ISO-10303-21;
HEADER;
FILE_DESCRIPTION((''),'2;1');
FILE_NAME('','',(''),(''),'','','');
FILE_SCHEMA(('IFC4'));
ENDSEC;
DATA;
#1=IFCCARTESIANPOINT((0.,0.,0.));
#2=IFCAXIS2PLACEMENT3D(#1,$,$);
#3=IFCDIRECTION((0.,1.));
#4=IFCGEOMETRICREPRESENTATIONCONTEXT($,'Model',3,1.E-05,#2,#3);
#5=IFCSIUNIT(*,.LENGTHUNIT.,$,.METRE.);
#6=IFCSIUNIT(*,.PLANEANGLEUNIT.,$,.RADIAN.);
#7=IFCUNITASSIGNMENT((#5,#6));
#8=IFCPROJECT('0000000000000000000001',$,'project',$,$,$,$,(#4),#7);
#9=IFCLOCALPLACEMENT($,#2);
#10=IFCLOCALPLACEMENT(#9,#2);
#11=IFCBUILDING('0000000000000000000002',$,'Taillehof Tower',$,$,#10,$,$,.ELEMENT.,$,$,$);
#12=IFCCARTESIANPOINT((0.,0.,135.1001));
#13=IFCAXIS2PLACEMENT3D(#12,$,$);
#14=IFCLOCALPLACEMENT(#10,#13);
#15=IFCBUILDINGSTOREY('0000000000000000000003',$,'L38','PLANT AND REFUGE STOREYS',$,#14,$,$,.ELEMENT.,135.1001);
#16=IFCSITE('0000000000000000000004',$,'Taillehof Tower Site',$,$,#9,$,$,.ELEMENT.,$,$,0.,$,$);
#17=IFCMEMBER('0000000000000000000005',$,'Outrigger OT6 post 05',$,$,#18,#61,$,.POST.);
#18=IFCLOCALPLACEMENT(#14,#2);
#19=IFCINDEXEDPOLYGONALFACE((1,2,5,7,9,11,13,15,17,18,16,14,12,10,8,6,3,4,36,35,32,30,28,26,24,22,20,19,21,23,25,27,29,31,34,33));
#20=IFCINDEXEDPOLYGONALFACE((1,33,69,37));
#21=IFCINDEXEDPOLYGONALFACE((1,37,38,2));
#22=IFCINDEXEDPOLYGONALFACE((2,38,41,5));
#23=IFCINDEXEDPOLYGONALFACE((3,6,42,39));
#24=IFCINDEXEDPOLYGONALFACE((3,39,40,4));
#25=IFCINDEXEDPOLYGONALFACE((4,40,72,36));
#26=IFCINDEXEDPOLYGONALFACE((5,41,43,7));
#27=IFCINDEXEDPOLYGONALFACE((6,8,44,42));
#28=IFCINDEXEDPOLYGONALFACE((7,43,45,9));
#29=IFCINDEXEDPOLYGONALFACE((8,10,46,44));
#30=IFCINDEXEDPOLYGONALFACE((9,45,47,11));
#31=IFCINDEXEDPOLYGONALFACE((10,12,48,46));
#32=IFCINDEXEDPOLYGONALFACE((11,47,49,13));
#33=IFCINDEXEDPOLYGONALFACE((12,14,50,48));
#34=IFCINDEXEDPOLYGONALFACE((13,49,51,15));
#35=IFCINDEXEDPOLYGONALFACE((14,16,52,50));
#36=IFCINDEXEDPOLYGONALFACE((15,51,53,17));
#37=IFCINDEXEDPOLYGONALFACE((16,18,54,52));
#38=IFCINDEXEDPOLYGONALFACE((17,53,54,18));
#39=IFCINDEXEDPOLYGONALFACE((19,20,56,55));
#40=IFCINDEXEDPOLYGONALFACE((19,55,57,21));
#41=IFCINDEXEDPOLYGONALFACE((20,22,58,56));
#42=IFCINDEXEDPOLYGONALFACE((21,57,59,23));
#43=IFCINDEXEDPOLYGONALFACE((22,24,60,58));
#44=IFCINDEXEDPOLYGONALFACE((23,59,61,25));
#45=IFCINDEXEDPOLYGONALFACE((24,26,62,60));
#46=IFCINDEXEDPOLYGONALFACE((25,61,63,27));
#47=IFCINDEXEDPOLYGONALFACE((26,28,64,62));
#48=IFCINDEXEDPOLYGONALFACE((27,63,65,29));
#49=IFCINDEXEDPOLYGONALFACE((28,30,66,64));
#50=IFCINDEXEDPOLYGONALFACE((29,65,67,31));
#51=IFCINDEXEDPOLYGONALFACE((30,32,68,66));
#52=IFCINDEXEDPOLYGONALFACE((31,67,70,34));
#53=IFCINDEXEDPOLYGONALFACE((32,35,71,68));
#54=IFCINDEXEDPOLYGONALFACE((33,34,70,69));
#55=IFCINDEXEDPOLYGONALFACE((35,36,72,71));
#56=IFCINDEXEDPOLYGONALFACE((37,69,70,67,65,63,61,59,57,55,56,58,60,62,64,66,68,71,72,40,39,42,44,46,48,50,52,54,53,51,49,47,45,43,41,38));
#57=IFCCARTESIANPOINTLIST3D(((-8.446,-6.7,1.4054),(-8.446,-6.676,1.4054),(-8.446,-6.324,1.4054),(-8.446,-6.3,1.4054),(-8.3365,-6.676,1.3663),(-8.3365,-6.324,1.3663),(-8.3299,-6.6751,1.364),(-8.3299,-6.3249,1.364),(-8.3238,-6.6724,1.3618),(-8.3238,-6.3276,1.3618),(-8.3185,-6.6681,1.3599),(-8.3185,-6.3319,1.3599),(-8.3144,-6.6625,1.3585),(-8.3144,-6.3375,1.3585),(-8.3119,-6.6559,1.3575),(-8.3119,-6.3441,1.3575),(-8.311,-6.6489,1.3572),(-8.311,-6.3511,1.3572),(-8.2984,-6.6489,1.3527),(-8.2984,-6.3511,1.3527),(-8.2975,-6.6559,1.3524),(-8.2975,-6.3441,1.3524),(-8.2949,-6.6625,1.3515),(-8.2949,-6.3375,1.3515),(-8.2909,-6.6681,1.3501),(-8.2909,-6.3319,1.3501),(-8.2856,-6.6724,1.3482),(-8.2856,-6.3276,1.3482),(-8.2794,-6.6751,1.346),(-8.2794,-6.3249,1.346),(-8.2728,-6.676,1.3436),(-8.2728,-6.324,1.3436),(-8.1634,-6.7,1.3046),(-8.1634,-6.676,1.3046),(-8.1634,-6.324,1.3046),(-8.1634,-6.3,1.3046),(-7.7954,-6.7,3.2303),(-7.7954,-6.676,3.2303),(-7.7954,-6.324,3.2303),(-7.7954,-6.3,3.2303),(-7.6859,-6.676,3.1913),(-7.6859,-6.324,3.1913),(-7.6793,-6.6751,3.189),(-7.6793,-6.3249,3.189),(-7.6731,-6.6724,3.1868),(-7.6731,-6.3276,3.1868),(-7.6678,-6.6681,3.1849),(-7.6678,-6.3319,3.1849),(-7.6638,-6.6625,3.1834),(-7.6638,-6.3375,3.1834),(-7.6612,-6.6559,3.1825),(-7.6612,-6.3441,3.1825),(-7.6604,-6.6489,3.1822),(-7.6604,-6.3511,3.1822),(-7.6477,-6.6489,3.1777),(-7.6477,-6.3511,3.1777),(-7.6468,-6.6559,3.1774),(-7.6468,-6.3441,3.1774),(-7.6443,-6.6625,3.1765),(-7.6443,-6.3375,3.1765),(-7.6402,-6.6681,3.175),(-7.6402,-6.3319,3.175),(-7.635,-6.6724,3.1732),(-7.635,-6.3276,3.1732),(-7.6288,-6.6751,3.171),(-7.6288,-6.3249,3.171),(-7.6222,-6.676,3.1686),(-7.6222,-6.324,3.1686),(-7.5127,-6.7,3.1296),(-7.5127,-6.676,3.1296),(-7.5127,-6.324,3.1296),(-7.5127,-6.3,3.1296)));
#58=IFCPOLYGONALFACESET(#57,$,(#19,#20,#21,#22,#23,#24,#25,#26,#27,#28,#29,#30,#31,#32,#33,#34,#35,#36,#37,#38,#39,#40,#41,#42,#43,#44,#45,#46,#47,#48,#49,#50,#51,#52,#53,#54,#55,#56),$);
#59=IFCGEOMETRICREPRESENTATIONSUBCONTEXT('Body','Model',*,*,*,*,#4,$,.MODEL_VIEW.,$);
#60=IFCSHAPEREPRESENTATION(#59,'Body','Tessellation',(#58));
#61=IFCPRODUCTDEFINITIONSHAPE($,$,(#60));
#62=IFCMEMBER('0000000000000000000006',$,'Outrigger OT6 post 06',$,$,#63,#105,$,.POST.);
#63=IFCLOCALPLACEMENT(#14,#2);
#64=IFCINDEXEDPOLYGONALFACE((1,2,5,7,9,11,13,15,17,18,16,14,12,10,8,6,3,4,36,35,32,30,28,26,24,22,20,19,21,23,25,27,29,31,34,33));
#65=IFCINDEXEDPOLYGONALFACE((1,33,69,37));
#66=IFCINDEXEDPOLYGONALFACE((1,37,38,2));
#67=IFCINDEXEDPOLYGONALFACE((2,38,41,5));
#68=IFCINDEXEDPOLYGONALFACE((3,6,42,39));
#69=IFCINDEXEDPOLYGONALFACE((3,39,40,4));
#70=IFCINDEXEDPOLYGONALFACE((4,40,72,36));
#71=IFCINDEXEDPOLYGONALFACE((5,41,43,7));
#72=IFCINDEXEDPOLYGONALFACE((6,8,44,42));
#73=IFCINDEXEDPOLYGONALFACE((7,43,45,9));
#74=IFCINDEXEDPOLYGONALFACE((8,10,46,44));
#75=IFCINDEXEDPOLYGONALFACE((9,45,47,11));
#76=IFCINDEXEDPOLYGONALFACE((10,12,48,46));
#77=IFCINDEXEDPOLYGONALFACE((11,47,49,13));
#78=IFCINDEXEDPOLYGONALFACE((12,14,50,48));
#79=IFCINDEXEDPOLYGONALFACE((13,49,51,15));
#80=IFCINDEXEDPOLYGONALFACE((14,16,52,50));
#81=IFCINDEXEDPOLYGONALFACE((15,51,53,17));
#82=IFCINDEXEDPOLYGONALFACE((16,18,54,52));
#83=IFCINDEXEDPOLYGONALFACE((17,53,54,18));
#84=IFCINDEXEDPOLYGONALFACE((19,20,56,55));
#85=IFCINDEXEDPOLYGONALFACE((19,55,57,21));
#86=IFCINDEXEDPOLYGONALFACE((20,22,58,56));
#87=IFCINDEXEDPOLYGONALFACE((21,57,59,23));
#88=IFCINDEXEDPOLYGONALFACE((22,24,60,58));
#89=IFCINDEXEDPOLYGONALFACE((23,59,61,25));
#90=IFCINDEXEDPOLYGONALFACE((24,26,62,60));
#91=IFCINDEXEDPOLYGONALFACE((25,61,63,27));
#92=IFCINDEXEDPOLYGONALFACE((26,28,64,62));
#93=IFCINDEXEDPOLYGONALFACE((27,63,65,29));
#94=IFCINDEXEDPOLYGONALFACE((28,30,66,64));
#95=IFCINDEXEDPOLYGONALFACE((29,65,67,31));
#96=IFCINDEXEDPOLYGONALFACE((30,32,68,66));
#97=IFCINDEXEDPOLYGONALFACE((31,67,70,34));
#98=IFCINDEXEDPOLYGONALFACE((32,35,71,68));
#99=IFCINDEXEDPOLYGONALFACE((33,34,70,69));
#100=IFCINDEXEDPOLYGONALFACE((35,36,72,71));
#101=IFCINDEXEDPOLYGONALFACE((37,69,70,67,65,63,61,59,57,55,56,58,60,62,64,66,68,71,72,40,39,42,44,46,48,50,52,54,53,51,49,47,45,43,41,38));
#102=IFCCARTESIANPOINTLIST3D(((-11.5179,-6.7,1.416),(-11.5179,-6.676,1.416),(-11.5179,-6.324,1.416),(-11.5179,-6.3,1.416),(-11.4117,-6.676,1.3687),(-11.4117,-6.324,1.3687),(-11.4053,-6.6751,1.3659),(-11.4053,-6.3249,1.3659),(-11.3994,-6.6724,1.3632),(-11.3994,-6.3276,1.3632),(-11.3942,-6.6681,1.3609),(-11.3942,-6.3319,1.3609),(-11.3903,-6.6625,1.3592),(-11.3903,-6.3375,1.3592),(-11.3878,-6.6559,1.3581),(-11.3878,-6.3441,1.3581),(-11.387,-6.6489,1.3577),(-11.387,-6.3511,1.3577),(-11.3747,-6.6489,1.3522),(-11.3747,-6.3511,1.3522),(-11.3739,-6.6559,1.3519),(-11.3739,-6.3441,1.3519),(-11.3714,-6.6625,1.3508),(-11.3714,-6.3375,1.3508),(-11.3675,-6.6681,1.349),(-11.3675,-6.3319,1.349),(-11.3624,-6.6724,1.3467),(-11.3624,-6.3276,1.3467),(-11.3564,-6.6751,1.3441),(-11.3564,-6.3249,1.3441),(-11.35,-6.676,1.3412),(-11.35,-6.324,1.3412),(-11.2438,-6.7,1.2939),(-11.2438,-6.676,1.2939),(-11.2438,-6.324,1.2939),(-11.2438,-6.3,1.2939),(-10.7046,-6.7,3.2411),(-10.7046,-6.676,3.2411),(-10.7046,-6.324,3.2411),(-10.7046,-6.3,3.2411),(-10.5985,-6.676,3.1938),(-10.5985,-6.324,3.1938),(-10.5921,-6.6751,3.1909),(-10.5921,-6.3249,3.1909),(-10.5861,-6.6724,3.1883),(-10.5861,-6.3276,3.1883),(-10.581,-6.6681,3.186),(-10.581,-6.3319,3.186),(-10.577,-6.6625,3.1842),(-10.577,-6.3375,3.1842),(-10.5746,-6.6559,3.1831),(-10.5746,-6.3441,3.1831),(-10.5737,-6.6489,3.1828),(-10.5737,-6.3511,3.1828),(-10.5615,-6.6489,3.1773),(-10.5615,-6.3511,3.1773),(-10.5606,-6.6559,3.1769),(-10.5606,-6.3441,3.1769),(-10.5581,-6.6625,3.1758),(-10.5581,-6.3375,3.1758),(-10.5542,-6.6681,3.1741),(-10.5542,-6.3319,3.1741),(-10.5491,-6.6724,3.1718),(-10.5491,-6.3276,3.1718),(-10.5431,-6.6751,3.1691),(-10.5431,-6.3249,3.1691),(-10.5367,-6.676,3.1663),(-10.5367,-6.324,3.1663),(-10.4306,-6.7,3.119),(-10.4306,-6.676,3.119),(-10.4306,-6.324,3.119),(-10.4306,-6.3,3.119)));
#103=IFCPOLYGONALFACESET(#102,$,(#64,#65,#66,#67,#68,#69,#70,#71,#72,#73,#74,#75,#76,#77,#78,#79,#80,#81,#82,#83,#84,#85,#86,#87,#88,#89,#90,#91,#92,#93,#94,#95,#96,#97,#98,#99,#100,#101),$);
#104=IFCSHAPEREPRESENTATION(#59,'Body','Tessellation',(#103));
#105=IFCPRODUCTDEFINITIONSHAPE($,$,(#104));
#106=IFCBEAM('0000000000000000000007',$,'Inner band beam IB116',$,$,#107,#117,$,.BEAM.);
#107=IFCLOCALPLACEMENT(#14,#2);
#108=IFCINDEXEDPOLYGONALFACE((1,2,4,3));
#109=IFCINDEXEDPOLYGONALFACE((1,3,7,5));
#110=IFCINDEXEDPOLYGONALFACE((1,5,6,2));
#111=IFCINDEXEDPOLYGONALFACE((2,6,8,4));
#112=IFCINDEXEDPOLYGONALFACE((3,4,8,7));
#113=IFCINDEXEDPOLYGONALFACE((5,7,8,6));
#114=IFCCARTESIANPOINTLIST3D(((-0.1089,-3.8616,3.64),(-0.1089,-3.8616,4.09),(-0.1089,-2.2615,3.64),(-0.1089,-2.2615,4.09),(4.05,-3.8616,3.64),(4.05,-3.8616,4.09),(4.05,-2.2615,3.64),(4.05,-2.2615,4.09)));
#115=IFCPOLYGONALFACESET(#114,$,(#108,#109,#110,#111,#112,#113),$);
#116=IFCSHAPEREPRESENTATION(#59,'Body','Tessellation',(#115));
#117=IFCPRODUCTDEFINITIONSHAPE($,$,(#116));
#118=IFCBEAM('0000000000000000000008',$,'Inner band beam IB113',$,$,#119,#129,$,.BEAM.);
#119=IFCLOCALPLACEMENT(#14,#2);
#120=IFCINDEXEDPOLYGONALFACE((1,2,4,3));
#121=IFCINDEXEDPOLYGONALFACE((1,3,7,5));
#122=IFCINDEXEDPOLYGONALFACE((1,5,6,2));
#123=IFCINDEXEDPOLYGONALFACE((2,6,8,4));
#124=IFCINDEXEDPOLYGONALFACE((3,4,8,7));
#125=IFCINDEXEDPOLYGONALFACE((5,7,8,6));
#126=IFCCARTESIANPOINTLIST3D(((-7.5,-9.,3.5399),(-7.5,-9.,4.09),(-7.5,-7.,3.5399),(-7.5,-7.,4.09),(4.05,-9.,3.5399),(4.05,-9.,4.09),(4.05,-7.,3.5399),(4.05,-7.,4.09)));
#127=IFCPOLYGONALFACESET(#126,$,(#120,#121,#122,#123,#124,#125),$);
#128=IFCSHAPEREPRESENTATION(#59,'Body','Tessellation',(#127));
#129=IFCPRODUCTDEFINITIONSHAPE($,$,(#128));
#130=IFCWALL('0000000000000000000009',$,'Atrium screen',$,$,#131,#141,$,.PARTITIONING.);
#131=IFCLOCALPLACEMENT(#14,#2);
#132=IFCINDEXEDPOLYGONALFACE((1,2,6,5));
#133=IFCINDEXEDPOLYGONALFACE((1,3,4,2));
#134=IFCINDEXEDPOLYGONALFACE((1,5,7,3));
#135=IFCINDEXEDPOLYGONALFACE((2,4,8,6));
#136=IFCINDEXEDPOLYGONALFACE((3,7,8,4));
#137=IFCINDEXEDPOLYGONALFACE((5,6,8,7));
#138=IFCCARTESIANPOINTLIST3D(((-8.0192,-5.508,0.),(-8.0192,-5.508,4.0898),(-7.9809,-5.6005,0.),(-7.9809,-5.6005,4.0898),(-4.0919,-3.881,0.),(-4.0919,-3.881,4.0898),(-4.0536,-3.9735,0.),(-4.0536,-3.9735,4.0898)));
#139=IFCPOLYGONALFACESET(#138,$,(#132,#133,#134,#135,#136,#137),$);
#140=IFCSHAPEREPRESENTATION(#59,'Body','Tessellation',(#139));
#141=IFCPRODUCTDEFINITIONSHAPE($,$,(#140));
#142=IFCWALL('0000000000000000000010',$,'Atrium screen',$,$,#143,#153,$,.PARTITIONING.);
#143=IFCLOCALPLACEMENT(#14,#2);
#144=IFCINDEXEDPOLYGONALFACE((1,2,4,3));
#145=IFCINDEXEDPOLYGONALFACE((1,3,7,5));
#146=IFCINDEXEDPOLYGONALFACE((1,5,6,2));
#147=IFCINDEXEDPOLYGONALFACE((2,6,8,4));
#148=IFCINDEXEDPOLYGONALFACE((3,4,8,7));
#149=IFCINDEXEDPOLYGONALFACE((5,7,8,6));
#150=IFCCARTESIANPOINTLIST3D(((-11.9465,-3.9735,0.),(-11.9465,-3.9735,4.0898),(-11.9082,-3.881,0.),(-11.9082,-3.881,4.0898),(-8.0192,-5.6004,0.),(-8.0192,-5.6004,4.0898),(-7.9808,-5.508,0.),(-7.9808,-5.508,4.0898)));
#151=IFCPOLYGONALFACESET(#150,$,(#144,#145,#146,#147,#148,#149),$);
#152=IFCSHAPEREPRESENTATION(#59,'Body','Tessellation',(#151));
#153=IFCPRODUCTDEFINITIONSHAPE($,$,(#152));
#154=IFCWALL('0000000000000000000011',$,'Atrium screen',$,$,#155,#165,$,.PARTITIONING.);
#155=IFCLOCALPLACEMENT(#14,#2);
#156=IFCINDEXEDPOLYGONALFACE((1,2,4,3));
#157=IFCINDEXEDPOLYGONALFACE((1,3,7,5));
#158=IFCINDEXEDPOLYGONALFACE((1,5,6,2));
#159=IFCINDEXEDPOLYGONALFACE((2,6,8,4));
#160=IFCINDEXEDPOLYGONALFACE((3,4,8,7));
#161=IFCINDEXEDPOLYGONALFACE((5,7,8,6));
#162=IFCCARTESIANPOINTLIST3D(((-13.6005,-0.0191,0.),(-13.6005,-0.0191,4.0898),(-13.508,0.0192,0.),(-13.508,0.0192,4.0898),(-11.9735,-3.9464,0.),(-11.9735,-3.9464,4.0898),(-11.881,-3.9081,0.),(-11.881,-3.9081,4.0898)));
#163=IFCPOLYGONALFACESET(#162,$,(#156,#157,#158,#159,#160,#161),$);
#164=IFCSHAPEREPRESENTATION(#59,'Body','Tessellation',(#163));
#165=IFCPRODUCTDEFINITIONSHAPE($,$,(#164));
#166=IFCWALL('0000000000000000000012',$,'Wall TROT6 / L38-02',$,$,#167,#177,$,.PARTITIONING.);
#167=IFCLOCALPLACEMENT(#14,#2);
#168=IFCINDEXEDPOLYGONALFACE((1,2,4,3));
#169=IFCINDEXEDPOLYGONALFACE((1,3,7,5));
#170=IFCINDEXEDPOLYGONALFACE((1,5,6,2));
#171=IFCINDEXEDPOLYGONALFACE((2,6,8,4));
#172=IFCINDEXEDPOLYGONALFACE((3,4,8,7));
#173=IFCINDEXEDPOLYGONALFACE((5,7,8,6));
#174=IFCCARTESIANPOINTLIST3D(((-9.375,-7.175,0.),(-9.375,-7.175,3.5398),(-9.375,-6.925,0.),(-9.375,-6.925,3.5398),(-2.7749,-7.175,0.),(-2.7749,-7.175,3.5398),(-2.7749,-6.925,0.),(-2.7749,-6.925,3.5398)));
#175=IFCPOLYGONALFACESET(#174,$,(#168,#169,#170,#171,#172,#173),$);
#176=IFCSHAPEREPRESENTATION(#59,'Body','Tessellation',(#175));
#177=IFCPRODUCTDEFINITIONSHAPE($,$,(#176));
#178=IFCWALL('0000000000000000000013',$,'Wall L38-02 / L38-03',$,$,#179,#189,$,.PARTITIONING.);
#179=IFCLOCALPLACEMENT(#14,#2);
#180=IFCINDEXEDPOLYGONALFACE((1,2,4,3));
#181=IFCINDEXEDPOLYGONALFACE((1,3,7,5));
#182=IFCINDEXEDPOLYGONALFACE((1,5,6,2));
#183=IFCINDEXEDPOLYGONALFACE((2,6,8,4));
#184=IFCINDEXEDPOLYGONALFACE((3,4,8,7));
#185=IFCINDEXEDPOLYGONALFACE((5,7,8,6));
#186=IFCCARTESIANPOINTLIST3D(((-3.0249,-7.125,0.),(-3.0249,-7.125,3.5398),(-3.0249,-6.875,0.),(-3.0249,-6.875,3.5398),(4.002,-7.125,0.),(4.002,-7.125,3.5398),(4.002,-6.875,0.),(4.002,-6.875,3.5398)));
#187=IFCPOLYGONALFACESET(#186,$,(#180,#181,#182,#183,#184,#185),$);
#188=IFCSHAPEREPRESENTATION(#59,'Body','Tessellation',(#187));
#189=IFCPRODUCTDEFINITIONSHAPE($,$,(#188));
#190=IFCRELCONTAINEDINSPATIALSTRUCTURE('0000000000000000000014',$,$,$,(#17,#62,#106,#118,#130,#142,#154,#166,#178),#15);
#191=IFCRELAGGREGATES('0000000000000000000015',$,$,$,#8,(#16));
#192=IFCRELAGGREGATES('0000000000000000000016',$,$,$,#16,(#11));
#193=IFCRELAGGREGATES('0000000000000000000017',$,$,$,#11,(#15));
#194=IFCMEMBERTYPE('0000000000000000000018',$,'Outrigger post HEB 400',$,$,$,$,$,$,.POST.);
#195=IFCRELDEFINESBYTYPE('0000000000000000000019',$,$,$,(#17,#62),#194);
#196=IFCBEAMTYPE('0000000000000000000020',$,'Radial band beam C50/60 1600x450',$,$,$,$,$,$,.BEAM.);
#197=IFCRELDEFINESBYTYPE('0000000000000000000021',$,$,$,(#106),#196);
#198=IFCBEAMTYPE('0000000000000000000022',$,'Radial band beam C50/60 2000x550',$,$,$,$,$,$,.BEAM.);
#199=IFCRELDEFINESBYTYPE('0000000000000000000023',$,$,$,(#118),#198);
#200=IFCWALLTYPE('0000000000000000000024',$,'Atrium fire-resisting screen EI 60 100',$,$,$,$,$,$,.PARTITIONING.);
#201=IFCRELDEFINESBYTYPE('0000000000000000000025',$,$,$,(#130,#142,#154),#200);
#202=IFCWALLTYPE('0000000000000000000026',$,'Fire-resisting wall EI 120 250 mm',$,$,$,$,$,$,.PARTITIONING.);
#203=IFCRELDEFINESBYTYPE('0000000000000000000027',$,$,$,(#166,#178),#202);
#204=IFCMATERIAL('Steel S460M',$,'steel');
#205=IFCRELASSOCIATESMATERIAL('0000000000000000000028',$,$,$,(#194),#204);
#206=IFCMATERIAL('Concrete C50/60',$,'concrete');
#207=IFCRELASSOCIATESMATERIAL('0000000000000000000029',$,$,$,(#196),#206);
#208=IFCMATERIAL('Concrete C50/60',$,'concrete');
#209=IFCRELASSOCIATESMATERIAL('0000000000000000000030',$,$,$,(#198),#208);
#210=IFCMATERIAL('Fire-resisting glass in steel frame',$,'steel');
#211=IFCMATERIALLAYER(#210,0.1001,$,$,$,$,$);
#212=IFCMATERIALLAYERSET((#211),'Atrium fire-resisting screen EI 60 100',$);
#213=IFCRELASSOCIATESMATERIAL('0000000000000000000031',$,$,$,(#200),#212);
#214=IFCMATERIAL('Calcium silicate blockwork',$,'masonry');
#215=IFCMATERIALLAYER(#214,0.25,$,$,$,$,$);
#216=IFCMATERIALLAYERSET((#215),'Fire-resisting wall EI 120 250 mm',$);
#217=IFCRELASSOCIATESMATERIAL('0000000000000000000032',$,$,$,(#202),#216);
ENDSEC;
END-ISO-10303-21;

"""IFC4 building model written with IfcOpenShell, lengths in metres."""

from ifc_helpers import new_model, si_unit, direction, frame, frame_2d, origin, origin_2d, place, context, subcontext, project, spatial, rectangle, i_section, extrude, material, layer, layer_set, material_profile, profile_set, type_object, element, save


model = new_model("IFC4")

# Units and contexts
model_context = context("Model", 3, precision=1e-05, world=origin(), true_north=direction((0.0, 1.0)))
body_context = subcontext(model_context, "Body", "Model", "MODEL_VIEW")
ifc_project = project(units=[si_unit("LENGTHUNIT", "METRE"), si_unit("PLANEANGLEUNIT", "RADIAN")], contexts=[model_context])

# Site, building, storey
site_placement = place(None, origin())
site = spatial("IfcSite", under=ifc_project, at=site_placement, Name="Taillehof Tower Site", CompositionType="ELEMENT", RefElevation=0.0)
building_placement = place(site_placement, origin())
building = spatial("IfcBuilding", under=site, at=building_placement, Name="Taillehof Tower", CompositionType="ELEMENT")
storey_placement = place(building_placement, frame((0.0, 0.0, 135.1001)))
storey = spatial("IfcBuildingStorey", under=building, at=storey_placement, Name="L38", Description="PLANT AND REFUGE STOREYS", CompositionType="ELEMENT", Elevation=135.1001)

# Members
ifc_material_1 = material(Name="Steel S460M", Category="steel")
ifc_material_profile_1 = material_profile(ifc_material_1, i_section(OverallWidth=0.3, OverallDepth=0.3999, WebThickness=0.0134, FlangeThickness=0.0239, FilletRadius=0.0271, at=origin_2d()), Name="HEB 400")
ifc_profile_set_1 = profile_set([ifc_material_profile_1], Name="Steel S460M")
member_type_1 = type_object("IfcMemberType", Name="Outrigger post HEB 400", PredefinedType="POST", material=ifc_profile_set_1)
member_1_placement = place(storey_placement, frame((-8.3047, -6.5, 1.355), z_axis=(0.335817, 0.0, 0.941927), x_axis=(-0.941927, 0.0, 0.335817)))
element("IfcMember", 1, at=member_1_placement, inside=storey, type_object=member_type_1, Name="Outrigger OT6 post 05", PredefinedType="POST", context=body_context, shape_type="SweptSolid", body=[
    extrude(i_section(OverallWidth=0.3, OverallDepth=0.3999, WebThickness=0.0134, FlangeThickness=0.0239, FilletRadius=0.0271, at=origin_2d()), origin(), (0.0, 0.0, 1.0), 1.9375),
])
member_2_placement = place(storey_placement, frame((-11.3809, -6.5, 1.355), z_axis=(0.407034, 0.0, 0.913413), x_axis=(-0.913413, 0.0, 0.407034)))
element("IfcMember", 2, at=member_2_placement, inside=storey, type_object=member_type_1, Name="Outrigger OT6 post 06", PredefinedType="POST", context=body_context, shape_type="SweptSolid", body=[
    extrude(i_section(OverallWidth=0.3, OverallDepth=0.3999, WebThickness=0.0134, FlangeThickness=0.0239, FilletRadius=0.0271, at=origin_2d()), origin(), (0.0, 0.0, 1.0), 1.998),
])

# Beams
ifc_material_2 = material(Name="Concrete C50/60", Category="concrete")
ifc_material_profile_2 = material_profile(ifc_material_2, rectangle(XDim=1.6001, YDim=0.45, at=origin_2d()), Name="RC 1600x450")
ifc_profile_set_2 = profile_set([ifc_material_profile_2], Name="Concrete C50/60")
beam_type_1 = type_object("IfcBeamType", Name="Radial band beam C50/60 1600x450", PredefinedType="BEAM", material=ifc_profile_set_2)
beam_1_placement = place(storey_placement, frame((-0.1089, -3.0615, 3.865), z_axis=(1.0, 0.0, 0.0), x_axis=(0.0, 1.0, 0.0)))
element("IfcBeam", 3, at=beam_1_placement, inside=storey, type_object=beam_type_1, Name="Inner band beam IB116", PredefinedType="BEAM", context=body_context, shape_type="SweptSolid", body=[
    extrude(rectangle(XDim=1.6001, YDim=0.45, at=origin_2d()), origin(), (0.0, 0.0, 1.0), 4.1589),
])
ifc_material_3 = material(Name="Concrete C50/60", Category="concrete")
ifc_material_profile_3 = material_profile(ifc_material_3, rectangle(XDim=2.0, YDim=0.55, at=origin_2d()), Name="RC 2000x550")
ifc_profile_set_3 = profile_set([ifc_material_profile_3], Name="Concrete C50/60")
beam_type_2 = type_object("IfcBeamType", Name="Radial band beam C50/60 2000x550", PredefinedType="BEAM", material=ifc_profile_set_3)
beam_2_placement = place(storey_placement, frame((-7.5, -8.0, 3.8149), z_axis=(1.0, 0.0, 0.0), x_axis=(0.0, 1.0, 0.0)))
element("IfcBeam", 4, at=beam_2_placement, inside=storey, type_object=beam_type_2, Name="Inner band beam IB113", PredefinedType="BEAM", context=body_context, shape_type="SweptSolid", body=[
    extrude(rectangle(XDim=2.0, YDim=0.55, at=origin_2d()), origin(), (0.0, 0.0, 1.0), 11.55),
])

# Walls
ifc_material_4 = material(Name="Fire-resisting glass in steel frame", Category="steel")
ifc_layer_1 = layer(ifc_material_4, 0.1001)
ifc_layer_set_1 = layer_set([ifc_layer_1], Name="Atrium fire-resisting screen EI 60 100")
wall_type_1 = type_object("IfcWallType", Name="Atrium fire-resisting screen EI 60 100", PredefinedType="PARTITIONING", material=ifc_layer_set_1)
for number, where, z_axis, x_axis, name in (
    (5, (-4.0728, -3.9272, 0.0), (0.0, 0.0, 1.0), (-0.92386, -0.382731, 0.0), "Atrium screen"),
    (6, (-8.0, -5.5542, 0.0), (0.0, 0.0, 1.0), (-0.92386, 0.382731, 0.0), "Atrium screen"),
    (7, (-11.9272, -3.9272, 0.0), (0.0, 0.0, 1.0), (-0.382731, 0.92386, 0.0), "Atrium screen"),
):
    element("IfcWall", number, at=place(storey_placement, frame(where, z_axis=z_axis, x_axis=x_axis)), inside=storey, type_object=wall_type_1, Name=name, PredefinedType="PARTITIONING", context=body_context, shape_type="SweptSolid", body=[
        extrude(rectangle(XDim=4.251, YDim=0.1001, at=frame_2d((2.1255, 0.0))), origin(), (0.0, 0.0, 1.0), 4.0898),
    ])
ifc_material_5 = material(Name="Calcium silicate blockwork", Category="masonry")
ifc_layer_2 = layer(ifc_material_5, 0.25)
ifc_layer_set_2 = layer_set([ifc_layer_2], Name="Fire-resisting wall EI 120 250 mm")
wall_type_2 = type_object("IfcWallType", Name="Fire-resisting wall EI 120 250 mm", PredefinedType="PARTITIONING", material=ifc_layer_set_2)
wall_1_placement = place(storey_placement, frame((-9.375, -7.05, 0.0), z_axis=(0.0, 0.0, 1.0), x_axis=(1.0, 0.0, 0.0)))
element("IfcWall", 8, at=wall_1_placement, inside=storey, type_object=wall_type_2, Name="Wall TROT6 / L38-02", PredefinedType="PARTITIONING", context=body_context, shape_type="SweptSolid", body=[
    extrude(rectangle(XDim=6.6001, YDim=0.25, at=frame_2d((3.3, 0.0))), origin(), (0.0, 0.0, 1.0), 3.5398),
])
wall_2_placement = place(storey_placement, frame((-3.0249, -7.0, 0.0), z_axis=(0.0, 0.0, 1.0), x_axis=(1.0, 0.0, 0.0)))
element("IfcWall", 9, at=wall_2_placement, inside=storey, type_object=wall_type_2, Name="Wall L38-02 / L38-03", PredefinedType="PARTITIONING", context=body_context, shape_type="SweptSolid", body=[
    extrude(rectangle(XDim=7.0269, YDim=0.25, at=frame_2d((3.5134, 0.0))), origin(), (0.0, 0.0, 1.0), 3.5398),
])

save(model, "model.ifc")
